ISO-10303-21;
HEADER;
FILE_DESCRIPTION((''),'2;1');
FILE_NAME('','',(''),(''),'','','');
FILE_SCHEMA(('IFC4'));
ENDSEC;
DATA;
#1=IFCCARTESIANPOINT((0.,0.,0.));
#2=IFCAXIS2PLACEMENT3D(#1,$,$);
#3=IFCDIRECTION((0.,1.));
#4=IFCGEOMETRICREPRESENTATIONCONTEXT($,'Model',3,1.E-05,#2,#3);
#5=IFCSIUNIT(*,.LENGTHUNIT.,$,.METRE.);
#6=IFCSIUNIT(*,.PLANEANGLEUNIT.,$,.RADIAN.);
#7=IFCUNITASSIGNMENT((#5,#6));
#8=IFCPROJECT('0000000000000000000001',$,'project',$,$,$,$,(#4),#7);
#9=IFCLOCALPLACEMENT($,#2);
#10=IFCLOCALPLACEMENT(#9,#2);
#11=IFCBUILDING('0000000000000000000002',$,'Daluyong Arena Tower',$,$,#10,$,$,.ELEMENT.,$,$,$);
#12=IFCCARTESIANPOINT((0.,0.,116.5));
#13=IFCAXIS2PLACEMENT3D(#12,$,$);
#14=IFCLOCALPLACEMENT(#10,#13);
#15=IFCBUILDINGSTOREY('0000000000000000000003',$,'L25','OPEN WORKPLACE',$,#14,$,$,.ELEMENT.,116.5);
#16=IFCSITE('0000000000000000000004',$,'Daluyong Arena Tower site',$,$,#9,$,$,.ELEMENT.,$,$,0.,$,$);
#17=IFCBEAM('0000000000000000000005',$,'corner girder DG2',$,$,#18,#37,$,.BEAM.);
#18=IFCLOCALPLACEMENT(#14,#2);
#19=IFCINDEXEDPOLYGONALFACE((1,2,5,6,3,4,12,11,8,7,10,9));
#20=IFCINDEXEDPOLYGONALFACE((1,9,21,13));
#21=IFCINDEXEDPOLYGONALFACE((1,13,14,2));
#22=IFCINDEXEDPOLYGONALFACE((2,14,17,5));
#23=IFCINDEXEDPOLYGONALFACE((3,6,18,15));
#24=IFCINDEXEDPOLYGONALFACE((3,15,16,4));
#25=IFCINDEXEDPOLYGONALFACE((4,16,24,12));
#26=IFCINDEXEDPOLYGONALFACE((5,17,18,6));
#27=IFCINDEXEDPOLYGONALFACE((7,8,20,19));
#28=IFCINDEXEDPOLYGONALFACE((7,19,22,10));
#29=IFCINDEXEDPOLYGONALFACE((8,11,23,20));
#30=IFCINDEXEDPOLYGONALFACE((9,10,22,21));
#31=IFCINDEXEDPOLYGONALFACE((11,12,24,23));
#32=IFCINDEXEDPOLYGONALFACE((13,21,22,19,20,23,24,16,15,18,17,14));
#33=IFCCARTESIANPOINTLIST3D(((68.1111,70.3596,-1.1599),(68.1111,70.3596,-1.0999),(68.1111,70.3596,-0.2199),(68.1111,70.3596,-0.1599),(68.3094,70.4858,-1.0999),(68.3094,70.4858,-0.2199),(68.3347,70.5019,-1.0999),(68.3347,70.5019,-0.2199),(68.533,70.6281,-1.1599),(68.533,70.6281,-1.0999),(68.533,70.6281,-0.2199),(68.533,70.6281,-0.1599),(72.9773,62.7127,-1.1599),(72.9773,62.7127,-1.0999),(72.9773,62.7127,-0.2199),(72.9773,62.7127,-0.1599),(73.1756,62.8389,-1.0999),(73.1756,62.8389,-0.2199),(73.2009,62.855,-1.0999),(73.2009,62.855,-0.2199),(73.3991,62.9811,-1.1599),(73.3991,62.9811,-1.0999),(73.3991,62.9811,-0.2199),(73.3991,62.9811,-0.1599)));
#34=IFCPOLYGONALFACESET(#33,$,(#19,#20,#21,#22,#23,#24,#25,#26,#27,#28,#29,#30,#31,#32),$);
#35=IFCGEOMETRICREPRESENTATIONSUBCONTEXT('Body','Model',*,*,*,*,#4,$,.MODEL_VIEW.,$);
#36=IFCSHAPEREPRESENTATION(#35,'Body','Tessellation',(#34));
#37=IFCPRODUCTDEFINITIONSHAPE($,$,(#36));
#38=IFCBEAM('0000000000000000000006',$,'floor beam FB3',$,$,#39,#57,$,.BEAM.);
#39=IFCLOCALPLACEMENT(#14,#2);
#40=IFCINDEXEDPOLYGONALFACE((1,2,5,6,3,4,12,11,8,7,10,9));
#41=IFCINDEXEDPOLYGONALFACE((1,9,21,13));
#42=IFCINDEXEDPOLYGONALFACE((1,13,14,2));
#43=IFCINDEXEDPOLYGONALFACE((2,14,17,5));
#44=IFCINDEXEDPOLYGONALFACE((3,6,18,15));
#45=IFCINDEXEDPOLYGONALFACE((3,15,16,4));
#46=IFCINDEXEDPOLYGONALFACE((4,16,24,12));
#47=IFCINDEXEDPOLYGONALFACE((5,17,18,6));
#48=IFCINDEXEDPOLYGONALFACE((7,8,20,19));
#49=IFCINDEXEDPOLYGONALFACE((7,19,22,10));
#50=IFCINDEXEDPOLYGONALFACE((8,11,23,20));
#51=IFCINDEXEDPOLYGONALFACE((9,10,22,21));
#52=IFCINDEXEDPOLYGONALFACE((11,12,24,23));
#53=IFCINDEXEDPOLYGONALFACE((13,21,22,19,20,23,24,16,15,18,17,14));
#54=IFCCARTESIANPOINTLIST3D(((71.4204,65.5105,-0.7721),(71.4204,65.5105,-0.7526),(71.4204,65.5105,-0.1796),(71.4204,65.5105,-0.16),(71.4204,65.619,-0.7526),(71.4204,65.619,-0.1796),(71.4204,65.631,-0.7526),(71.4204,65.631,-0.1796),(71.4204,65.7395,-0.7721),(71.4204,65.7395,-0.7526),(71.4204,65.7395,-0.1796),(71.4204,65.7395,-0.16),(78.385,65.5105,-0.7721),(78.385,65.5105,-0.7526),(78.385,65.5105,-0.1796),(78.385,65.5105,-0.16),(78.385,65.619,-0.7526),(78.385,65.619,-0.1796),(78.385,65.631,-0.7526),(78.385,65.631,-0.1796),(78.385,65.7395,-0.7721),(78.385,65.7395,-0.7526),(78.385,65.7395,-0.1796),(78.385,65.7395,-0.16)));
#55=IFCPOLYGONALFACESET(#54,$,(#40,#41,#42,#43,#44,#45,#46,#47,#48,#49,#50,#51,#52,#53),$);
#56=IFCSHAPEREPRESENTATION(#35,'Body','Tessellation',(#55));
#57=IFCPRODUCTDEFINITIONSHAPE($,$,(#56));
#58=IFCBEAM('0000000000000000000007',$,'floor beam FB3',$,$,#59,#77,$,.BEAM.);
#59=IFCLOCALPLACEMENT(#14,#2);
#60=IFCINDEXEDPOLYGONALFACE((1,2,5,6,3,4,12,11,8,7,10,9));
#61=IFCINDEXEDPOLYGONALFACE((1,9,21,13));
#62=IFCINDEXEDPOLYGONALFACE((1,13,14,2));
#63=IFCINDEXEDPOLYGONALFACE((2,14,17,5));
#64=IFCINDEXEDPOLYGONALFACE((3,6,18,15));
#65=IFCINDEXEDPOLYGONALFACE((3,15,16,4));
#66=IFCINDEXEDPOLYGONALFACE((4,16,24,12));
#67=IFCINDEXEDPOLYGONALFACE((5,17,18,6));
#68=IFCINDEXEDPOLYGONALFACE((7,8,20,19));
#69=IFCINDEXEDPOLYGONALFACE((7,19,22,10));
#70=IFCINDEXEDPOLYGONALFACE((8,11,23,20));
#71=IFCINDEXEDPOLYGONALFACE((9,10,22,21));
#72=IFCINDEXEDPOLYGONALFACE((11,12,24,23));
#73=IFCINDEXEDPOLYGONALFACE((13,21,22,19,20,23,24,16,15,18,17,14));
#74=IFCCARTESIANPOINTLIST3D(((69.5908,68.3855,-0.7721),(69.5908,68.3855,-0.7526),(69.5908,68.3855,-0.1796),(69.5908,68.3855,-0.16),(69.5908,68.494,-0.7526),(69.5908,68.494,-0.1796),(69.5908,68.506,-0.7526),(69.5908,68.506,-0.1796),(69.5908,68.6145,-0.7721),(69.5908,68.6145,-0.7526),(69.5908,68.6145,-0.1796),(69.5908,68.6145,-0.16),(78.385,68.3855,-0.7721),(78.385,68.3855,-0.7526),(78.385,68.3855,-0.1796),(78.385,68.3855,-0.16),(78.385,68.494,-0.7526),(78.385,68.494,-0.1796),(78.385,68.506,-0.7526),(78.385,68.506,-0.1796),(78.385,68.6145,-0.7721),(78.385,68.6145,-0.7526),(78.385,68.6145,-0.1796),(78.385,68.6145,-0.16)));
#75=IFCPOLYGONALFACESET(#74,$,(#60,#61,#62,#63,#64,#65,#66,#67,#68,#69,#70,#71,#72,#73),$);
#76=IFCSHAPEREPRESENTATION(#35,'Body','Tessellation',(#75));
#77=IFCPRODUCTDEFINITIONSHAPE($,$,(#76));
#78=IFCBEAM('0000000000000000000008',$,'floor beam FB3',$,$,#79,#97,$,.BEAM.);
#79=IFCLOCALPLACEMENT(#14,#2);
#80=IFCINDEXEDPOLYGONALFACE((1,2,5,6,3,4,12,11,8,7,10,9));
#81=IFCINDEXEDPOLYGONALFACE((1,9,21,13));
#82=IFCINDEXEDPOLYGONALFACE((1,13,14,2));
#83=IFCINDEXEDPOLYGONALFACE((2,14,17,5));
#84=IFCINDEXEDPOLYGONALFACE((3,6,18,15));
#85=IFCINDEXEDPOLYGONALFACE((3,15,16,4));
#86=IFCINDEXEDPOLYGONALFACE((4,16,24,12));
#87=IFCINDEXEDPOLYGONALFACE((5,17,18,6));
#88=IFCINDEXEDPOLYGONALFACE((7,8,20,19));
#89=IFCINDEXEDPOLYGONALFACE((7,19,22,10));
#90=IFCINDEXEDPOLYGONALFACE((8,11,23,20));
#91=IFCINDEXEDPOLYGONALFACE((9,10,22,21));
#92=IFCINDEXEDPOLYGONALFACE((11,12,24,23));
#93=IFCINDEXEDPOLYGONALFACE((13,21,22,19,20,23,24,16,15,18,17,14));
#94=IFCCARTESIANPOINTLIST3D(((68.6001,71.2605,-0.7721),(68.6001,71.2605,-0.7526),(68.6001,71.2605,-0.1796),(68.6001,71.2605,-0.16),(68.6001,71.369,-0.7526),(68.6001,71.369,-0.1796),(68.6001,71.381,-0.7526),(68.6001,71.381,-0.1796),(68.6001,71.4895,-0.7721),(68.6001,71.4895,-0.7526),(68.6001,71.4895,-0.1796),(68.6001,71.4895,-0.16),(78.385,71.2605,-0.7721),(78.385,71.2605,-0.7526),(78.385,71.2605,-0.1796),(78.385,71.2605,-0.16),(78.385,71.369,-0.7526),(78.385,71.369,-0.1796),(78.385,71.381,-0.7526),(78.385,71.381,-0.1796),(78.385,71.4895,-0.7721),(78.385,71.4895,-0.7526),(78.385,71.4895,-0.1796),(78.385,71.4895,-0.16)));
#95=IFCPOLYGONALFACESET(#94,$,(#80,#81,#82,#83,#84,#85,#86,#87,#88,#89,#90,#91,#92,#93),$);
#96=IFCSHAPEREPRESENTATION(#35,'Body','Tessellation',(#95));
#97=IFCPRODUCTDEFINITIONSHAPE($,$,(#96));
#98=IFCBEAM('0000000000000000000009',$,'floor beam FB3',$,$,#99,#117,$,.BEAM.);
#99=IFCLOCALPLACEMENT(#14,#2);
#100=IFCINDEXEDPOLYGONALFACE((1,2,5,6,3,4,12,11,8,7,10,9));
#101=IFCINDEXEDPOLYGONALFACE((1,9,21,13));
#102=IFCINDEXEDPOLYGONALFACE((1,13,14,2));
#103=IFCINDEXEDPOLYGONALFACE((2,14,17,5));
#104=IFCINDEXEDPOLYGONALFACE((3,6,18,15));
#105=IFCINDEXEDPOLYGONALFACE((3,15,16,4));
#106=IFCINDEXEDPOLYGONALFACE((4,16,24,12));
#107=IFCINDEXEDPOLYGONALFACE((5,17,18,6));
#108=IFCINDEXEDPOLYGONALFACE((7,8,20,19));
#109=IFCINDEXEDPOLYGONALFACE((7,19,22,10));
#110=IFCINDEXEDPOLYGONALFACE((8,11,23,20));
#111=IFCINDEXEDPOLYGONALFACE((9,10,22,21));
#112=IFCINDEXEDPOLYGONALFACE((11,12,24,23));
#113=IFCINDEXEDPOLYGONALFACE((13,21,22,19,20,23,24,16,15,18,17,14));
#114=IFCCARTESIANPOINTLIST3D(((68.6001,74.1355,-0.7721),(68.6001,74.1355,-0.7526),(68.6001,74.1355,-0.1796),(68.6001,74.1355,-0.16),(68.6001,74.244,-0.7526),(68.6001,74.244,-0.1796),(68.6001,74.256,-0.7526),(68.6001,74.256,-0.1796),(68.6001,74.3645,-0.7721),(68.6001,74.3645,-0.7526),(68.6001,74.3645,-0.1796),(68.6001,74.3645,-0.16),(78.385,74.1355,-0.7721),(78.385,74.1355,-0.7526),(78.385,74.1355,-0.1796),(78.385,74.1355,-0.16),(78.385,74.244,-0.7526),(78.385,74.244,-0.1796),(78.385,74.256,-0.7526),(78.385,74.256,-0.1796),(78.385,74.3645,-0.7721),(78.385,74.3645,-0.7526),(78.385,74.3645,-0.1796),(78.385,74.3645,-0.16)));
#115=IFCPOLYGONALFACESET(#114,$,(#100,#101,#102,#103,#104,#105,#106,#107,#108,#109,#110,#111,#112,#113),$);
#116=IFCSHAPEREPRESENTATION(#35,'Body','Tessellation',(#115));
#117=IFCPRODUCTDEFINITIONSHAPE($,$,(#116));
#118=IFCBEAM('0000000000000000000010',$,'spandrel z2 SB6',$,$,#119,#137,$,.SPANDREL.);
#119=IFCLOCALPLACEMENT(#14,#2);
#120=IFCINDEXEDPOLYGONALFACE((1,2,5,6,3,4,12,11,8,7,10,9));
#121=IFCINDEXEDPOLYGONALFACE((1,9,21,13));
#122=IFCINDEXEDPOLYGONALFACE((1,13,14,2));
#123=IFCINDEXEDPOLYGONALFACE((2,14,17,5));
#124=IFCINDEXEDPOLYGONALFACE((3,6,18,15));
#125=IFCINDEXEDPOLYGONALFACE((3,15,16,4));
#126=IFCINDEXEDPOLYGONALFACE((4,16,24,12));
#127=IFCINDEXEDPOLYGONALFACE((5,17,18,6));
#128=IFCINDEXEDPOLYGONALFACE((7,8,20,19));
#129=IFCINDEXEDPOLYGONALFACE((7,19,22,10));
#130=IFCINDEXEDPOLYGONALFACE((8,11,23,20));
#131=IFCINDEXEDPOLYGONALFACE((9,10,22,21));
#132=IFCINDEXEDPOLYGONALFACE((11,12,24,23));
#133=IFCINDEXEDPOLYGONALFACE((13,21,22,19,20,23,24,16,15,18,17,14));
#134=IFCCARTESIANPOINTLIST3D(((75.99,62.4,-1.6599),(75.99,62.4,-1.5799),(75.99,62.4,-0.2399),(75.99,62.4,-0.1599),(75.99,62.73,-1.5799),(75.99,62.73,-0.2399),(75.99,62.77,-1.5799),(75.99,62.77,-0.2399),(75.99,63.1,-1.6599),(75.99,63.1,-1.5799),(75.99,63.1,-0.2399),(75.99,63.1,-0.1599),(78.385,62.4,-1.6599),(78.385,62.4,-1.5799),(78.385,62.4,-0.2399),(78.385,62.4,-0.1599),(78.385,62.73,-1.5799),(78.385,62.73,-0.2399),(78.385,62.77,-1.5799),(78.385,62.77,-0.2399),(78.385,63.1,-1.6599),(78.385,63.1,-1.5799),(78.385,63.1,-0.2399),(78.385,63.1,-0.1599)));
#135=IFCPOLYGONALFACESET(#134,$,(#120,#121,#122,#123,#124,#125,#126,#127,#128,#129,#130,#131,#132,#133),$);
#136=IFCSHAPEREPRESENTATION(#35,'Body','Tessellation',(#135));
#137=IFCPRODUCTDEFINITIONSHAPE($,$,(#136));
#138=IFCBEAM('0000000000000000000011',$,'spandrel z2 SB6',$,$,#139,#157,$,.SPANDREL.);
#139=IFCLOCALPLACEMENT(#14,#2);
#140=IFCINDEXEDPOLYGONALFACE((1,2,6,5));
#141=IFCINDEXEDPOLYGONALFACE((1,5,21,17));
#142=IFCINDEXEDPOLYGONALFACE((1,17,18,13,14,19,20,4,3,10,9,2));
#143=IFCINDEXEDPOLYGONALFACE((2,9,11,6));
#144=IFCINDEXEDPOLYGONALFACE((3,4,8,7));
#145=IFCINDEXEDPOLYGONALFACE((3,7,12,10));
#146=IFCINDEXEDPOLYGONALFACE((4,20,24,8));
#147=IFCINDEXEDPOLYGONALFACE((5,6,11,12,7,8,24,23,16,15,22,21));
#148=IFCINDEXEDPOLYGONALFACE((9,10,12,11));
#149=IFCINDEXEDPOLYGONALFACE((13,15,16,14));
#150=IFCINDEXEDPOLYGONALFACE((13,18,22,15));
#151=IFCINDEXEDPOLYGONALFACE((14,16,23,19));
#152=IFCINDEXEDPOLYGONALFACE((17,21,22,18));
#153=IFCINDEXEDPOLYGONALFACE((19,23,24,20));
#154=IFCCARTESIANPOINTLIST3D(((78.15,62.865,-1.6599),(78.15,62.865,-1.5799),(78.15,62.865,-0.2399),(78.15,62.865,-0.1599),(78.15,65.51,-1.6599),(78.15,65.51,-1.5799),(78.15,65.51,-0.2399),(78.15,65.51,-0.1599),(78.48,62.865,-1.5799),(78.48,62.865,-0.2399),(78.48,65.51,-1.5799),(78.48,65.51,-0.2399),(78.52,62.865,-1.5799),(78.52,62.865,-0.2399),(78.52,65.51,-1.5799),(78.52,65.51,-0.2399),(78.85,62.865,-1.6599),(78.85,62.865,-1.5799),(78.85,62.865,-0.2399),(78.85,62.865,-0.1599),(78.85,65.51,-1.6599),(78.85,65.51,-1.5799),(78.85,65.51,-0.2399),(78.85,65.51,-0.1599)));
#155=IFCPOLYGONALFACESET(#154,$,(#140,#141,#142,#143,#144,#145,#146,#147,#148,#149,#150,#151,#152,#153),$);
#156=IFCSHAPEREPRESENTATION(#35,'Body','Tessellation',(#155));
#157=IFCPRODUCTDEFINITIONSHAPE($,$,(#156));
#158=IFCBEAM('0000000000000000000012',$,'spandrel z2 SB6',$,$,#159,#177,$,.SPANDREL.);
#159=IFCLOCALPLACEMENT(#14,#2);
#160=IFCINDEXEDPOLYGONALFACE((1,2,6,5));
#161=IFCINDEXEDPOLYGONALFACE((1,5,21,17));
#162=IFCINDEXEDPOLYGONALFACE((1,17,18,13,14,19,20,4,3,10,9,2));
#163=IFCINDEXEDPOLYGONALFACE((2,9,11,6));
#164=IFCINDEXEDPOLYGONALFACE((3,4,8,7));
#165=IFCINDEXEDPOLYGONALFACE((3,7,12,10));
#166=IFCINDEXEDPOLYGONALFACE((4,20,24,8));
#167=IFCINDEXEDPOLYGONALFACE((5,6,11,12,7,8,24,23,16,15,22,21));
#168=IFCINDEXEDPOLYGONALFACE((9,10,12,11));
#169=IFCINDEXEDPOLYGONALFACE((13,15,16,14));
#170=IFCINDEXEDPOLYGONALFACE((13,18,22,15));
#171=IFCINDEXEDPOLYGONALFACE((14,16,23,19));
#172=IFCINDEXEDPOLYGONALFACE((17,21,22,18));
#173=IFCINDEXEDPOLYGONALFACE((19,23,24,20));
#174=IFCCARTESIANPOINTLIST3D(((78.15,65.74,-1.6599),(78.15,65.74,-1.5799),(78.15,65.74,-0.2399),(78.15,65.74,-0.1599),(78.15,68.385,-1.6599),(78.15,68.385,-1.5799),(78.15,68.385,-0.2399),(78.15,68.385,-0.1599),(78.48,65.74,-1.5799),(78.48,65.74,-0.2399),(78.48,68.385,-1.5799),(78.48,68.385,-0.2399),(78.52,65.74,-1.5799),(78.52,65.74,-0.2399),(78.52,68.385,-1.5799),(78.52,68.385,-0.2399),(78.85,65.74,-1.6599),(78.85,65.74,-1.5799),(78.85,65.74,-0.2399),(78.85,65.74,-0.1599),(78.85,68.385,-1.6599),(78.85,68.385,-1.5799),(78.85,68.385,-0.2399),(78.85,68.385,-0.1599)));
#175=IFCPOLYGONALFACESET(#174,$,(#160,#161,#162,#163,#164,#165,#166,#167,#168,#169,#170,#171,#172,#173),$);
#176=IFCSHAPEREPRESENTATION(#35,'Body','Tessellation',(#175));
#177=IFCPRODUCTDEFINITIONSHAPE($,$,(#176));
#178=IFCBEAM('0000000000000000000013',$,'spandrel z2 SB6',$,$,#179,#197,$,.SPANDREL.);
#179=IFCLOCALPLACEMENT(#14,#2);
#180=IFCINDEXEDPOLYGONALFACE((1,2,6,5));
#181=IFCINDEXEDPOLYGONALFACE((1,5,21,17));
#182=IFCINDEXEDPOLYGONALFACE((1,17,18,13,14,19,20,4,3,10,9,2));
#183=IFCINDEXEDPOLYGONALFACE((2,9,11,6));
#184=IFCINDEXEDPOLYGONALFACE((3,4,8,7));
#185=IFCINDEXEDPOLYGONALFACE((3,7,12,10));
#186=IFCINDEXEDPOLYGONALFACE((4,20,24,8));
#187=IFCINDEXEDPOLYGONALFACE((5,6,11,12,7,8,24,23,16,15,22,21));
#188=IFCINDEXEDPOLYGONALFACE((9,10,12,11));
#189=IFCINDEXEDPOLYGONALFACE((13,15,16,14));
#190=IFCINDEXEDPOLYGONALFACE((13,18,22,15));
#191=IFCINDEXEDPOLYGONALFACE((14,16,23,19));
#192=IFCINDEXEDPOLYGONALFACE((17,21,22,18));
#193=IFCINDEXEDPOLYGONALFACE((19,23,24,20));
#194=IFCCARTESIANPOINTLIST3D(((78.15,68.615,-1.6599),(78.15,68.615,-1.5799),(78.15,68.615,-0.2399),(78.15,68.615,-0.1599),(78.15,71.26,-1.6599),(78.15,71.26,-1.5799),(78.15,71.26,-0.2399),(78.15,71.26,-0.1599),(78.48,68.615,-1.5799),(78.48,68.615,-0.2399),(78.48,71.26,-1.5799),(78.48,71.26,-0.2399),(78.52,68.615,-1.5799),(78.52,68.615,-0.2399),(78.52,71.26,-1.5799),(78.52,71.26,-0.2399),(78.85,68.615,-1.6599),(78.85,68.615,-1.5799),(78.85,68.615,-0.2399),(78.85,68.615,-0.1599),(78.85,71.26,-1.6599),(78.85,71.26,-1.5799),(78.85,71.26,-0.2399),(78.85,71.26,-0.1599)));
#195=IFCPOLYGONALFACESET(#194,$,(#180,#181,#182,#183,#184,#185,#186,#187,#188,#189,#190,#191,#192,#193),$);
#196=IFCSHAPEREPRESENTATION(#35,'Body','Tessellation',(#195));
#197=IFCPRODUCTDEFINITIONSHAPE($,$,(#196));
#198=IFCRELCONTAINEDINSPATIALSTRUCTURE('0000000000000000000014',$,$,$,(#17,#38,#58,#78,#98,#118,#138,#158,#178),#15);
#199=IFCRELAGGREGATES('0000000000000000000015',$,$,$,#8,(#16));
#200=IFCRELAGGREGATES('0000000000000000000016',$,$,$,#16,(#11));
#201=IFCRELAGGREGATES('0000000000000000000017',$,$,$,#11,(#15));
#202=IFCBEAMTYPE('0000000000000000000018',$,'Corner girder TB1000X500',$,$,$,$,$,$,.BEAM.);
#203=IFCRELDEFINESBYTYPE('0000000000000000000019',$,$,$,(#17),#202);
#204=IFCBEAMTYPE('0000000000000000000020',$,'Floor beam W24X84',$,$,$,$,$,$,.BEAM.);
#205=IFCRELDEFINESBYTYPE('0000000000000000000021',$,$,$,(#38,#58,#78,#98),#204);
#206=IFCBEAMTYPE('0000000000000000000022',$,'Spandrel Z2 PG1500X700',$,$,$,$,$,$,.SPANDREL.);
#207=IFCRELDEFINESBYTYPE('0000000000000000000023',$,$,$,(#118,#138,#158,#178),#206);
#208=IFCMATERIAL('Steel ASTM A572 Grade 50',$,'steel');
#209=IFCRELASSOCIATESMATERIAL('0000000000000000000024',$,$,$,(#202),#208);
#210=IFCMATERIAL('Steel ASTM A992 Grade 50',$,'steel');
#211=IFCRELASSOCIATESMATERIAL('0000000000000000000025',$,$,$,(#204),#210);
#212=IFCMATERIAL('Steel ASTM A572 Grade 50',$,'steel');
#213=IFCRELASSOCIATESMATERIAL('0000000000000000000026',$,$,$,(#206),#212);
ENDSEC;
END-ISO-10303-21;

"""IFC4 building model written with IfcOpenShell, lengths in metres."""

from ifc_helpers import new_model, si_unit, direction, frame, origin, origin_2d, place, context, subcontext, project, spatial, i_section, extrude, material, material_profile, profile_set, type_object, element, save


model = new_model("IFC4")

# Units and contexts
model_context = context("Model", 3, precision=1e-05, world=origin(), true_north=direction((0.0, 1.0)))
body_context = subcontext(model_context, "Body", "Model", "MODEL_VIEW")
ifc_project = project(units=[si_unit("LENGTHUNIT", "METRE"), si_unit("PLANEANGLEUNIT", "RADIAN")], contexts=[model_context])

# Site, building, storey
site_placement = place(None, origin())
site = spatial("IfcSite", under=ifc_project, at=site_placement, Name="Daluyong Arena Tower site", CompositionType="ELEMENT", RefElevation=0.0)
building_placement = place(site_placement, origin())
building = spatial("IfcBuilding", under=site, at=building_placement, Name="Daluyong Arena Tower", CompositionType="ELEMENT")
storey_placement = place(building_placement, frame((0.0, 0.0, 116.5)))
storey = spatial("IfcBuildingStorey", under=building, at=storey_placement, Name="L25", Description="OPEN WORKPLACE", CompositionType="ELEMENT", Elevation=116.5)

# Beams
ifc_material_1 = material(Name="Steel ASTM A572 Grade 50", Category="steel")
ifc_material_profile_1 = material_profile(ifc_material_1, i_section(OverallWidth=0.5, OverallDepth=1.0, WebThickness=0.03, FlangeThickness=0.06, at=origin_2d()))
ifc_profile_set_1 = profile_set([ifc_material_profile_1], Name="Steel ASTM A572 Grade 50")
beam_type_1 = type_object("IfcBeamType", Name="Corner girder TB1000X500", PredefinedType="BEAM", material=ifc_profile_set_1)
beam_1_placement = place(storey_placement, frame((73.1882, 62.8469, -0.6599), z_axis=(-0.536872, 0.843664, 0.0), x_axis=(-0.843664, -0.536872, 0.0)))
element("IfcBeam", 1, at=beam_1_placement, inside=storey, type_object=beam_type_1, Name="corner girder DG2", PredefinedType="BEAM", context=body_context, shape_type="SweptSolid", body=[
    extrude(i_section(OverallWidth=0.5, OverallDepth=1.0, WebThickness=0.03, FlangeThickness=0.06, at=origin_2d()), origin(), (0.0, 0.0, 1.0), 9.064),
])
ifc_material_2 = material(Name="Steel ASTM A992 Grade 50", Category="steel")
ifc_material_profile_2 = material_profile(ifc_material_2, i_section(OverallWidth=0.229, OverallDepth=0.6121, WebThickness=0.012, FlangeThickness=0.0195, at=origin_2d()))
ifc_profile_set_2 = profile_set([ifc_material_profile_2], Name="Steel ASTM A992 Grade 50")
beam_type_2 = type_object("IfcBeamType", Name="Floor beam W24X84", PredefinedType="BEAM", material=ifc_profile_set_2)
beam_2_placement = place(storey_placement, frame((78.385, 65.625, -0.4661), z_axis=(-1.0, 0.0, 0.0), x_axis=(0.0, -1.0, 0.0)))
element("IfcBeam", 2, at=beam_2_placement, inside=storey, type_object=beam_type_2, Name="floor beam FB3", PredefinedType="BEAM", context=body_context, shape_type="SweptSolid", body=[
    extrude(i_section(OverallWidth=0.229, OverallDepth=0.6121, WebThickness=0.012, FlangeThickness=0.0195, at=origin_2d()), origin(), (0.0, 0.0, 1.0), 6.9646),
])
beam_3_placement = place(storey_placement, frame((78.385, 68.5, -0.4661), z_axis=(-1.0, 0.0, 0.0), x_axis=(0.0, -1.0, 0.0)))
element("IfcBeam", 3, at=beam_3_placement, inside=storey, type_object=beam_type_2, Name="floor beam FB3", PredefinedType="BEAM", context=body_context, shape_type="SweptSolid", body=[
    extrude(i_section(OverallWidth=0.229, OverallDepth=0.6121, WebThickness=0.012, FlangeThickness=0.0195, at=origin_2d()), origin(), (0.0, 0.0, 1.0), 8.7942),
])
for number, where, z_axis, x_axis, name in (
    (4, (78.385, 71.375, -0.4661), (-1.0, 0.0, 0.0), (0.0, -1.0, 0.0), "floor beam FB3"),
    (5, (78.385, 74.25, -0.4661), (-1.0, 0.0, 0.0), (0.0, -1.0, 0.0), "floor beam FB3"),
):
    element("IfcBeam", number, at=place(storey_placement, frame(where, z_axis=z_axis, x_axis=x_axis)), inside=storey, type_object=beam_type_2, Name=name, PredefinedType="BEAM", context=body_context, shape_type="SweptSolid", body=[
        extrude(i_section(OverallWidth=0.229, OverallDepth=0.6121, WebThickness=0.012, FlangeThickness=0.0195, at=origin_2d()), origin(), (0.0, 0.0, 1.0), 9.7849),
    ])
ifc_material_3 = material(Name="Steel ASTM A572 Grade 50", Category="steel")
ifc_material_profile_3 = material_profile(ifc_material_3, i_section(OverallWidth=0.7, OverallDepth=1.5, WebThickness=0.04, FlangeThickness=0.08, at=origin_2d()))
ifc_profile_set_3 = profile_set([ifc_material_profile_3], Name="Steel ASTM A572 Grade 50")
beam_type_3 = type_object("IfcBeamType", Name="Spandrel Z2 PG1500X700", PredefinedType="SPANDREL", material=ifc_profile_set_3)
beam_4_placement = place(storey_placement, frame((75.99, 62.75, -0.9099), z_axis=(1.0, 0.0, 0.0), x_axis=(0.0, 1.0, 0.0)))
element("IfcBeam", 6, at=beam_4_placement, inside=storey, type_object=beam_type_3, Name="spandrel z2 SB6", PredefinedType="SPANDREL", context=body_context, shape_type="SweptSolid", body=[
    extrude(i_section(OverallWidth=0.7, OverallDepth=1.5, WebThickness=0.04, FlangeThickness=0.08, at=origin_2d()), origin(), (0.0, 0.0, 1.0), 2.395),
])
for number, where, z_axis, x_axis, name in (
    (7, (78.5, 62.865, -0.9099), (0.0, 1.0, 0.0), (-1.0, 0.0, 0.0), "spandrel z2 SB6"),
    (8, (78.5, 65.74, -0.9099), (0.0, 1.0, 0.0), (-1.0, 0.0, 0.0), "spandrel z2 SB6"),
    (9, (78.5, 68.615, -0.9099), (0.0, 1.0, 0.0), (-1.0, 0.0, 0.0), "spandrel z2 SB6"),
):
    element("IfcBeam", number, at=place(storey_placement, frame(where, z_axis=z_axis, x_axis=x_axis)), inside=storey, type_object=beam_type_3, Name=name, PredefinedType="SPANDREL", context=body_context, shape_type="SweptSolid", body=[
        extrude(i_section(OverallWidth=0.7, OverallDepth=1.5, WebThickness=0.04, FlangeThickness=0.08, at=origin_2d()), origin(), (0.0, 0.0, 1.0), 2.645),
    ])

save(model, "model.ifc")
